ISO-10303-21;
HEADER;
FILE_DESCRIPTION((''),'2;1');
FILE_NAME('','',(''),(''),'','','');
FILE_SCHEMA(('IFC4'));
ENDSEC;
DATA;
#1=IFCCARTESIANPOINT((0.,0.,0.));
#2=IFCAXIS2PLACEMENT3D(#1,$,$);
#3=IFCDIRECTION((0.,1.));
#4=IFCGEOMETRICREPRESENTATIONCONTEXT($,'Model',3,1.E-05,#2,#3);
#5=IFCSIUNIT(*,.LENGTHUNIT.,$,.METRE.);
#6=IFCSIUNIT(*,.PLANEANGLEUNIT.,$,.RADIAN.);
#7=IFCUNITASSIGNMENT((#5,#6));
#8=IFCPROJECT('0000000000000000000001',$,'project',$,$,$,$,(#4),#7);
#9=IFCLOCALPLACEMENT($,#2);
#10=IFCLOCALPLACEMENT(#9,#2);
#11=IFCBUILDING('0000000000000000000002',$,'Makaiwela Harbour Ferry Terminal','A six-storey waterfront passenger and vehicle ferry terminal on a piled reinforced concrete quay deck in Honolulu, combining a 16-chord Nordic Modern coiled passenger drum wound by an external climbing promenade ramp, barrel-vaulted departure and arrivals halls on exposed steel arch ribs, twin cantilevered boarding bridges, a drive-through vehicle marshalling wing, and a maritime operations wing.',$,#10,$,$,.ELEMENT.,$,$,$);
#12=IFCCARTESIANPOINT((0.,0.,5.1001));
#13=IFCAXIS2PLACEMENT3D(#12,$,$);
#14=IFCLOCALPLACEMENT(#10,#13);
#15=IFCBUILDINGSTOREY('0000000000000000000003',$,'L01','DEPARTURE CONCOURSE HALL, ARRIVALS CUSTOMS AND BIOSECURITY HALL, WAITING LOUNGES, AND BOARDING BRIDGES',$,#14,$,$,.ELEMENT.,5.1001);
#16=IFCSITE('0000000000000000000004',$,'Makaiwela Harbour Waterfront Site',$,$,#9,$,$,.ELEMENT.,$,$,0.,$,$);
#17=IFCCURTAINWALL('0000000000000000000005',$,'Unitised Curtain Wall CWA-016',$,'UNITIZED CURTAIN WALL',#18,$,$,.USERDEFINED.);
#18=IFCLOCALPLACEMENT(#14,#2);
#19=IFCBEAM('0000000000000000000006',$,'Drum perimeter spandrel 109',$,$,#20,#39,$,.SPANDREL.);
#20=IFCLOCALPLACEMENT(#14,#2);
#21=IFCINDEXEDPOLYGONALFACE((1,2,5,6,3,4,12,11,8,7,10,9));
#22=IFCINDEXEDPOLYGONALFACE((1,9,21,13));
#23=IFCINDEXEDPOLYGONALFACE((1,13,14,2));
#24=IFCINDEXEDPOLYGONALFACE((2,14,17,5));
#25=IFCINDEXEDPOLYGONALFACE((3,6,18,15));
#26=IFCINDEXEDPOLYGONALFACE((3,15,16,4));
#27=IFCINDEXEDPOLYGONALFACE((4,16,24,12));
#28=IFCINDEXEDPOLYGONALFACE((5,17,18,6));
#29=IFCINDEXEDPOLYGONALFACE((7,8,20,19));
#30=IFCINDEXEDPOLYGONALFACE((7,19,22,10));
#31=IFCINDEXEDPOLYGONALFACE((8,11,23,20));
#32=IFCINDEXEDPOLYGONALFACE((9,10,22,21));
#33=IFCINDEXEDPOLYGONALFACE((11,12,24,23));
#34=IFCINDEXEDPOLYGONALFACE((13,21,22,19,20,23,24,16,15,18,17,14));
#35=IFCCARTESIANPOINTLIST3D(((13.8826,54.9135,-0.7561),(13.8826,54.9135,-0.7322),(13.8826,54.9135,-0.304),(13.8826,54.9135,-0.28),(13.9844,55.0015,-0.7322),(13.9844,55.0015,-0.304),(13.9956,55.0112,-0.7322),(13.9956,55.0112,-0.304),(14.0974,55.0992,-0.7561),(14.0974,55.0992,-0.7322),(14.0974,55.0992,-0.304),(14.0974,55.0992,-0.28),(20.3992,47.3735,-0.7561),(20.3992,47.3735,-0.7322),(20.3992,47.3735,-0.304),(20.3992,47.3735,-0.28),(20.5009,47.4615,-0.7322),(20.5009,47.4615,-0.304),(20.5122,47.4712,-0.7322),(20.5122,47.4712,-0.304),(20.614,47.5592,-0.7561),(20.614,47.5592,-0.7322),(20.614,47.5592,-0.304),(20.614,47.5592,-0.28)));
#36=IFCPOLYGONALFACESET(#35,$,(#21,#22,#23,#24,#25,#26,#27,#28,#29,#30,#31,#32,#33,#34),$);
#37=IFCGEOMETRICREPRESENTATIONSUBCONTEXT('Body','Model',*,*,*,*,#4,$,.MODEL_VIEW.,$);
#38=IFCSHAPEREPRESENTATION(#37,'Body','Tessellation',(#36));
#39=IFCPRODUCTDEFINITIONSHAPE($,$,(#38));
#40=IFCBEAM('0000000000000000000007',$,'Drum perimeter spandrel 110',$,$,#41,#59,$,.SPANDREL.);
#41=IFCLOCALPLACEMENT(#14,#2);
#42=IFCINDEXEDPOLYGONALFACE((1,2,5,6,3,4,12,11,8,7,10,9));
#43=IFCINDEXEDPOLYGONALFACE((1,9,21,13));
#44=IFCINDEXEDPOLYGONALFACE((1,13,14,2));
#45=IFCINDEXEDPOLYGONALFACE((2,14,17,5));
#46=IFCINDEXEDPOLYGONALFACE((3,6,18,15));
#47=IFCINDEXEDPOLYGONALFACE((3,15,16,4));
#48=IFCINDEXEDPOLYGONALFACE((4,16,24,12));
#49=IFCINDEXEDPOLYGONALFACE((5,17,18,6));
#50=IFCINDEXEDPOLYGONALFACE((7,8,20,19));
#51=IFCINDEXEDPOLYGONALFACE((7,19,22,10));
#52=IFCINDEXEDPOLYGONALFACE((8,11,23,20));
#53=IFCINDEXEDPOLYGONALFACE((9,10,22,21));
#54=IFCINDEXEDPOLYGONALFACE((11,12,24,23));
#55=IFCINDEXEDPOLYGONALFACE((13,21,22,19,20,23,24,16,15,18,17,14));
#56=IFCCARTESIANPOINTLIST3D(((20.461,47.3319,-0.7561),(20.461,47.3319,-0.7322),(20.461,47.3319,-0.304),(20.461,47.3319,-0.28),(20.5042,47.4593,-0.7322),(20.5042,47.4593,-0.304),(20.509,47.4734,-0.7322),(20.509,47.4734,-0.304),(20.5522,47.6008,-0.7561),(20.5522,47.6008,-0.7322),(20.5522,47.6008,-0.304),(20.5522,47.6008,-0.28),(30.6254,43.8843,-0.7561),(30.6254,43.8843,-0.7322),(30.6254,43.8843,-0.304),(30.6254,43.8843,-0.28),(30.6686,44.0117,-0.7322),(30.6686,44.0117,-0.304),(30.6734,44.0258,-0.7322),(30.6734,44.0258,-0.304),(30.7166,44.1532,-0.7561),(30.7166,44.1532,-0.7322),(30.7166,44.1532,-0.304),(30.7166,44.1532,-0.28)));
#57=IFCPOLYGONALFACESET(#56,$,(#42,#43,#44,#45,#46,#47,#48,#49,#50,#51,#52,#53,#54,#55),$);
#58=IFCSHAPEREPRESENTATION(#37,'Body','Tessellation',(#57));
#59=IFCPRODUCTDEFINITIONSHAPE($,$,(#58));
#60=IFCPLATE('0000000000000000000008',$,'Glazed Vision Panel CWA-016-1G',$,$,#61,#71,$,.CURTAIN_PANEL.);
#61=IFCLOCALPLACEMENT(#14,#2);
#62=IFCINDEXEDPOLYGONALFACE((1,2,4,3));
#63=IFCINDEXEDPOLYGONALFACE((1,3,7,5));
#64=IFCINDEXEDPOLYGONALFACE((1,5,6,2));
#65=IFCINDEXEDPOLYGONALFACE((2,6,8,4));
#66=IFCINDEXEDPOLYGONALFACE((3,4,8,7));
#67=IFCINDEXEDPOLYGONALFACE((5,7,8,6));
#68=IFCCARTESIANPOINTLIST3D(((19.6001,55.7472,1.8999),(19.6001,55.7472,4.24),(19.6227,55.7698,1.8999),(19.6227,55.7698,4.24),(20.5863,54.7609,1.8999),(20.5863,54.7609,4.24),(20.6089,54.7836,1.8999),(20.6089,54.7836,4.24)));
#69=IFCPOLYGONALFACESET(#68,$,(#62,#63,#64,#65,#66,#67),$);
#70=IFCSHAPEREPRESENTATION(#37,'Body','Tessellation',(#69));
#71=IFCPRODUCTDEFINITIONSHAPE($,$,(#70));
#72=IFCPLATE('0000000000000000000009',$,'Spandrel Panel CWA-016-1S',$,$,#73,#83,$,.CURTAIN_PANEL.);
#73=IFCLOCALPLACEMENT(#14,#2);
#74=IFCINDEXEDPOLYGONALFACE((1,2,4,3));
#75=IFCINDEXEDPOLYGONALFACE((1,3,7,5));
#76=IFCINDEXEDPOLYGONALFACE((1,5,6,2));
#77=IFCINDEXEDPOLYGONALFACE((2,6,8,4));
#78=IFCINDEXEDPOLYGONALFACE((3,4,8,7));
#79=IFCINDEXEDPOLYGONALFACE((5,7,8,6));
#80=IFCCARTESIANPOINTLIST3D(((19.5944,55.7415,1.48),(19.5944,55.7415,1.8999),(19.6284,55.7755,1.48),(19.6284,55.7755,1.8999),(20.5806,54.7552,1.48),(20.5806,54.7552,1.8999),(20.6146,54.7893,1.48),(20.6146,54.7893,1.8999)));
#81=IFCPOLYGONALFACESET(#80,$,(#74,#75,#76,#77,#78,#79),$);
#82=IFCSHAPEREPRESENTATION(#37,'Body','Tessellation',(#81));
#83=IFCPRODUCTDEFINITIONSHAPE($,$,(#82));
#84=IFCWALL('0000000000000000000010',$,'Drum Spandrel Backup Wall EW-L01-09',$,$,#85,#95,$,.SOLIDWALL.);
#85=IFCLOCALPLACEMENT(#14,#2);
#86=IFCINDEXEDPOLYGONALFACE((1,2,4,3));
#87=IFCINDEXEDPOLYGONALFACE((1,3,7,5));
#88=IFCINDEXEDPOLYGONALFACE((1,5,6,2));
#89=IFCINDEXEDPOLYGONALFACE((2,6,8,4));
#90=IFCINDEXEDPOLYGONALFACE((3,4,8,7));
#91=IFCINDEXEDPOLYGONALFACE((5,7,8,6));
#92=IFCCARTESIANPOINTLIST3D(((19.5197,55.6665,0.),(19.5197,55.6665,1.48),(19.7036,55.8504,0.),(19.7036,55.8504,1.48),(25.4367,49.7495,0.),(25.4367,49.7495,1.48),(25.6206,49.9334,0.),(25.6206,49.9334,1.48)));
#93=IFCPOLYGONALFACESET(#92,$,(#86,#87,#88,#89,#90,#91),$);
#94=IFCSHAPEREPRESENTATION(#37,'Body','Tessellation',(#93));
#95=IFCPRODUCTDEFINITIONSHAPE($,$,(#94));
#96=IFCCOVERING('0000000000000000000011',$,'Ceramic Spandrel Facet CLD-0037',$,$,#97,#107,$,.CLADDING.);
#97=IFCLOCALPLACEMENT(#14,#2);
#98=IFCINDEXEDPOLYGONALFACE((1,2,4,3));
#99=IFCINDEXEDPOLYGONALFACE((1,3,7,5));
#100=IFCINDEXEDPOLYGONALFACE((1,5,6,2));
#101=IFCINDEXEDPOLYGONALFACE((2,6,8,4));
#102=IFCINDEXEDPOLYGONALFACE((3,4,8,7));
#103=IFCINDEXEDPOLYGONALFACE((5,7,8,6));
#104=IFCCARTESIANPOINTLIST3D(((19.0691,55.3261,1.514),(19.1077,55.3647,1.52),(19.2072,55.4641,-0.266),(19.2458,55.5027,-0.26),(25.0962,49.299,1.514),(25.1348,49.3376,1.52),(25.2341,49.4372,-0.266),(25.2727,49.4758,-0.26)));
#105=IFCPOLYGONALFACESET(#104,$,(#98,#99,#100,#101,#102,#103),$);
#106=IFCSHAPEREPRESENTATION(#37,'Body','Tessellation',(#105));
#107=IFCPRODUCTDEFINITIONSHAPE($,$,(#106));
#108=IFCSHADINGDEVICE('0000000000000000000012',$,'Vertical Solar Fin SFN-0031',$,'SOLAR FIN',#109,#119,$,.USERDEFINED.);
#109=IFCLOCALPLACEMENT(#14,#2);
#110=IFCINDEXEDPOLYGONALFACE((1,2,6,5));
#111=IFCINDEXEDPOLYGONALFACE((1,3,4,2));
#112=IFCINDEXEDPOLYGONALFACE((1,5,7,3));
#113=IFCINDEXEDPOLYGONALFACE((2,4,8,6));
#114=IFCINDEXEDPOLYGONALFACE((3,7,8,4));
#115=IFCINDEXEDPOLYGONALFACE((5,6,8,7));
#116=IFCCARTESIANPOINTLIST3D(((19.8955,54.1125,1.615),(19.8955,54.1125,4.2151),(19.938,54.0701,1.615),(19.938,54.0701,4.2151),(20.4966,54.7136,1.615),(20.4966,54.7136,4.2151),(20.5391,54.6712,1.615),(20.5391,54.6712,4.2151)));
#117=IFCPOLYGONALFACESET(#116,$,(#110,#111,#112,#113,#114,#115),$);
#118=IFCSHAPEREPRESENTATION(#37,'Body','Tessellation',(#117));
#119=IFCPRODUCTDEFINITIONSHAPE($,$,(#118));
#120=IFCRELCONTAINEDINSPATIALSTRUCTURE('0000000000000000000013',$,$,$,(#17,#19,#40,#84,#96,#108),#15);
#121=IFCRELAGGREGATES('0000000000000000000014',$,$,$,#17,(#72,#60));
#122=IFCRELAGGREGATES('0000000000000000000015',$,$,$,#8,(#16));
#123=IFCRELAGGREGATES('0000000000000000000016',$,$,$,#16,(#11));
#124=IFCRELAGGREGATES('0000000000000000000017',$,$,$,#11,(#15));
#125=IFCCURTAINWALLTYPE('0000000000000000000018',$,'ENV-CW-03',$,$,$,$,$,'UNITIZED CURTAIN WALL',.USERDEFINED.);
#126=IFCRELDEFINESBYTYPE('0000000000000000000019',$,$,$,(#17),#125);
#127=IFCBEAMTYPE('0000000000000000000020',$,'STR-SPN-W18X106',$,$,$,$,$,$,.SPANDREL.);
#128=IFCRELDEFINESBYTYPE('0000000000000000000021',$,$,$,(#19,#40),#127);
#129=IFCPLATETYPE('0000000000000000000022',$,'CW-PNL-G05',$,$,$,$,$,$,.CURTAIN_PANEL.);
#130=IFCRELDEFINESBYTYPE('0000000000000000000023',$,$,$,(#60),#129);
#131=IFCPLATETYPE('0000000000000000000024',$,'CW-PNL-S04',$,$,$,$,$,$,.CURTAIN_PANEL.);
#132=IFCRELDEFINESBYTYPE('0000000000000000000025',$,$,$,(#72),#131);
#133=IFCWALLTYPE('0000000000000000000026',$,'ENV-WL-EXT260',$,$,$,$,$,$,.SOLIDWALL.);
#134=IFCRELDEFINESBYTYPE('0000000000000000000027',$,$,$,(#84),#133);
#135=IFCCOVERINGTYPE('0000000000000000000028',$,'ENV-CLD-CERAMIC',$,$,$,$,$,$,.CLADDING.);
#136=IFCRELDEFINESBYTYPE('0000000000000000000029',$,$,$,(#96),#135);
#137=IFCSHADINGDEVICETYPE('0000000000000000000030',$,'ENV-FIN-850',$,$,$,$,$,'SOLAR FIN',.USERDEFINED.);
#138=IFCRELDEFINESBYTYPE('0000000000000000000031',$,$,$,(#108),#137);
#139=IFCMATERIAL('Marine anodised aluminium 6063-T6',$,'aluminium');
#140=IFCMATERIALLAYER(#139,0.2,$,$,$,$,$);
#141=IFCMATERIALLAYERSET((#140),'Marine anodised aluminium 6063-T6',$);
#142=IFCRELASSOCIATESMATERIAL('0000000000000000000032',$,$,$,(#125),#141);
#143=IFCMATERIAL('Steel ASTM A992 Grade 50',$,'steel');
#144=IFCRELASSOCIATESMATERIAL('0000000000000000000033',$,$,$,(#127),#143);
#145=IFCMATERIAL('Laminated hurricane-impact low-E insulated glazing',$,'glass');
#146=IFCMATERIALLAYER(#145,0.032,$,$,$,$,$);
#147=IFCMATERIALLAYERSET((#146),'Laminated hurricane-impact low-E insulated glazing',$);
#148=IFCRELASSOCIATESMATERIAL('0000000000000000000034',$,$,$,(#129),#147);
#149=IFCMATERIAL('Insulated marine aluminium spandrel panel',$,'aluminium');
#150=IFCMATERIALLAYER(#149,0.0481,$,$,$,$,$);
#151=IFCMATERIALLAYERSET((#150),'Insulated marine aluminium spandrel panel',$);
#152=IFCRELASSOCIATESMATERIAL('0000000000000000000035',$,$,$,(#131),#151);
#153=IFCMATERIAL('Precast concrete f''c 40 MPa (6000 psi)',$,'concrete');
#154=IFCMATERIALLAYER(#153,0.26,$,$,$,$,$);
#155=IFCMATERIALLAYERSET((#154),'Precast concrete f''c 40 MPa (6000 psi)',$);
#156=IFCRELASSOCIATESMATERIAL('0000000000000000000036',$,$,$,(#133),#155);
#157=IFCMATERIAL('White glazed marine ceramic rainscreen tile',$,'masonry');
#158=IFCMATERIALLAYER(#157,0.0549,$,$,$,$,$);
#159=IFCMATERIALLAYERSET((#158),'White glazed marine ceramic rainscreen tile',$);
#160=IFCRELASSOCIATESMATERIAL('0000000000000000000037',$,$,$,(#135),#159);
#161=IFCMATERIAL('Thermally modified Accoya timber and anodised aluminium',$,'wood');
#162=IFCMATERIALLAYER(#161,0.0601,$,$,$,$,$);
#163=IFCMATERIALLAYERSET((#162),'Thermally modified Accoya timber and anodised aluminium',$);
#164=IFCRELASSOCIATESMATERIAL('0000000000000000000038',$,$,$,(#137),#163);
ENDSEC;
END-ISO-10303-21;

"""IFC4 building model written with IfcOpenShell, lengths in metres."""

from ifc_helpers import new_model, si_unit, direction, frame, frame_2d, origin, origin_2d, place, context, subcontext, project, spatial, polyline, rectangle, i_section, outline, extrude, material, layer, layer_set, material_profile, profile_set, type_object, element, aggregate, save


model = new_model("IFC4")

# Units and contexts
model_context = context("Model", 3, precision=1e-05, world=origin(), true_north=direction((0.0, 1.0)))
body_context = subcontext(model_context, "Body", "Model", "MODEL_VIEW")
ifc_project = project(units=[si_unit("LENGTHUNIT", "METRE"), si_unit("PLANEANGLEUNIT", "RADIAN")], contexts=[model_context])

# Site, building, storey
site_placement = place(None, origin())
site = spatial("IfcSite", under=ifc_project, at=site_placement, Name="Makaiwela Harbour Waterfront Site", CompositionType="ELEMENT", RefElevation=0.0)
building_placement = place(site_placement, origin())
building = spatial("IfcBuilding", under=site, at=building_placement, Name="Makaiwela Harbour Ferry Terminal", Description="A six-storey waterfront passenger and vehicle ferry terminal on a piled reinforced concrete quay deck in Honolulu, combining a 16-chord Nordic Modern coiled passenger drum wound by an external climbing promenade ramp, barrel-vaulted departure and arrivals halls on exposed steel arch ribs, twin cantilevered boarding bridges, a drive-through vehicle marshalling wing, and a maritime operations wing.", CompositionType="ELEMENT")
storey_placement = place(building_placement, frame((0.0, 0.0, 5.1001)))
storey = spatial("IfcBuildingStorey", under=building, at=storey_placement, Name="L01", Description="DEPARTURE CONCOURSE HALL, ARRIVALS CUSTOMS AND BIOSECURITY HALL, WAITING LOUNGES, AND BOARDING BRIDGES", CompositionType="ELEMENT", Elevation=5.1001)

# Curtain wall
ifc_material_1 = material(Name="Marine anodised aluminium 6063-T6", Category="aluminium")
ifc_layer_1 = layer(ifc_material_1, 0.2)
ifc_layer_set_1 = layer_set([ifc_layer_1], Name="Marine anodised aluminium 6063-T6")
curtain_wall_type = type_object("IfcCurtainWallType", Name="ENV-CW-03", ElementType="UNITIZED CURTAIN WALL", PredefinedType="USERDEFINED", material=ifc_layer_set_1)
curtain_wall_placement = place(storey_placement, origin())
curtain_wall = element("IfcCurtainWall", 1, at=curtain_wall_placement, inside=storey, type_object=curtain_wall_type, Name="Unitised Curtain Wall CWA-016", ObjectType="UNITIZED CURTAIN WALL", PredefinedType="USERDEFINED")

# Beams
ifc_material_2 = material(Name="Steel ASTM A992 Grade 50", Category="steel")
ifc_material_profile_1 = material_profile(ifc_material_2, i_section(OverallWidth=0.2839, OverallDepth=0.4761, WebThickness=0.0149, FlangeThickness=0.0239, at=origin_2d()), Name="W18X106")
ifc_profile_set_1 = profile_set([ifc_material_profile_1], Name="Steel ASTM A992 Grade 50")
beam_type_1 = type_object("IfcBeamType", Name="STR-SPN-W18X106", PredefinedType="SPANDREL", material=ifc_profile_set_1)
beam_1_placement = place(storey_placement, frame((13.99, 55.0063, -0.5181), z_axis=(0.653893, -0.756587, 0.0), x_axis=(0.756587, 0.653893, 0.0)))
element("IfcBeam", 2, at=beam_1_placement, inside=storey, type_object=beam_type_1, Name="Drum perimeter spandrel 109", PredefinedType="SPANDREL", context=body_context, shape_type="SweptSolid", body=[
    extrude(i_section(OverallWidth=0.2839, OverallDepth=0.4761, WebThickness=0.0149, FlangeThickness=0.0239, at=origin_2d()), origin(), (0.0, 0.0, 1.0), 9.9658),
])
beam_2_placement = place(storey_placement, frame((20.5066, 47.4663, -0.5181), z_axis=(0.94701, -0.321205, 0.0), x_axis=(0.321205, 0.94701, 0.0)))
element("IfcBeam", 3, at=beam_2_placement, inside=storey, type_object=beam_type_1, Name="Drum perimeter spandrel 110", PredefinedType="SPANDREL", context=body_context, shape_type="SweptSolid", body=[
    extrude(i_section(OverallWidth=0.2839, OverallDepth=0.4761, WebThickness=0.0149, FlangeThickness=0.0239, at=origin_2d()), origin(), (0.0, 0.0, 1.0), 10.7332),
])

# Plates
ifc_material_3 = material(Name="Laminated hurricane-impact low-E insulated glazing", Category="glass")
ifc_layer_2 = layer(ifc_material_3, 0.032)
ifc_layer_set_2 = layer_set([ifc_layer_2], Name="Laminated hurricane-impact low-E insulated glazing")
plate_type_1 = type_object("IfcPlateType", Name="CW-PNL-G05", PredefinedType="CURTAIN_PANEL", material=ifc_layer_set_2)
plate_1_placement = place(storey_placement, frame((20.1045, 55.2654, 1.8999), z_axis=(0.0, 0.0, 1.0), x_axis=(0.707107, -0.707107, 0.0)))
plate_1 = element("IfcPlate", 4, at=plate_1_placement, type_object=plate_type_1, Name="Glazed Vision Panel CWA-016-1G", PredefinedType="CURTAIN_PANEL", context=body_context, shape_type="SweptSolid", body=[
    extrude(rectangle(XDim=1.3948, YDim=0.032, at=origin_2d()), origin(), (0.0, 0.0, 1.0), 2.3401),
])
ifc_material_4 = material(Name="Insulated marine aluminium spandrel panel", Category="aluminium")
ifc_layer_3 = layer(ifc_material_4, 0.0481)
ifc_layer_set_3 = layer_set([ifc_layer_3], Name="Insulated marine aluminium spandrel panel")
plate_type_2 = type_object("IfcPlateType", Name="CW-PNL-S04", PredefinedType="CURTAIN_PANEL", material=ifc_layer_set_3)
plate_2_placement = place(storey_placement, frame((20.1045, 55.2654, 1.48), z_axis=(0.0, 0.0, 1.0), x_axis=(0.707107, -0.707107, 0.0)))
plate_2 = element("IfcPlate", 5, at=plate_2_placement, type_object=plate_type_2, Name="Spandrel Panel CWA-016-1S", PredefinedType="CURTAIN_PANEL", context=body_context, shape_type="SweptSolid", body=[
    extrude(rectangle(XDim=1.3948, YDim=0.0481, at=origin_2d()), origin(), (0.0, 0.0, 1.0), 0.4199),
])
aggregate(curtain_wall, [plate_2, plate_1])

# Wall
ifc_material_5 = material(Name="Precast concrete f'c 40 MPa (6000 psi)", Category="concrete")
ifc_layer_4 = layer(ifc_material_5, 0.26)
ifc_layer_set_4 = layer_set([ifc_layer_4], Name="Precast concrete f'c 40 MPa (6000 psi)")
wall_type = type_object("IfcWallType", Name="ENV-WL-EXT260", PredefinedType="SOLIDWALL", material=ifc_layer_set_4)
wall_placement = place(storey_placement, frame((19.6116, 55.7585, 0.0), z_axis=(0.0, 0.0, 1.0), x_axis=(0.707107, -0.707107, 0.0)))
element("IfcWall", 6, at=wall_placement, inside=storey, type_object=wall_type, Name="Drum Spandrel Backup Wall EW-L01-09", PredefinedType="SOLIDWALL", context=body_context, shape_type="SweptSolid", body=[
    extrude(rectangle(XDim=8.3679, YDim=0.26, at=frame_2d((4.1841, 0.0))), origin(), (0.0, 0.0, 1.0), 1.48),
])

# Covering
ifc_material_6 = material(Name="White glazed marine ceramic rainscreen tile", Category="masonry")
ifc_layer_5 = layer(ifc_material_6, 0.0549)
ifc_layer_set_5 = layer_set([ifc_layer_5], Name="White glazed marine ceramic rainscreen tile")
covering_type = type_object("IfcCoveringType", Name="ENV-CLD-CERAMIC", PredefinedType="CLADDING", material=ifc_layer_set_5)
covering_placement = place(storey_placement, frame((19.2458, 55.5027, -0.26), z_axis=(0.702891, 0.702891, 0.109034), x_axis=(0.707107, -0.707107, 0.0)))
element("IfcCovering", 7, at=covering_placement, inside=storey, type_object=covering_type, Name="Ceramic Spandrel Facet CLD-0037", PredefinedType="CLADDING", context=body_context, shape_type="SweptSolid", body=[
    extrude(outline(polyline([(0.0, 0.0), (8.5233, 0.0), (8.5234, -1.7907), (-0.0002, -1.7907), (0.0, 0.0)])), origin(), (0.0, 0.0, -1.0), 0.0549),
])

# Shading device
ifc_material_7 = material(Name="Thermally modified Accoya timber and anodised aluminium", Category="wood")
ifc_layer_6 = layer(ifc_material_7, 0.0601)
ifc_layer_set_6 = layer_set([ifc_layer_6], Name="Thermally modified Accoya timber and anodised aluminium")
shading_device_type = type_object("IfcShadingDeviceType", Name="ENV-FIN-850", ElementType="SOLAR FIN", PredefinedType="USERDEFINED", material=ifc_layer_set_6)
shading_device_placement = place(storey_placement, frame((20.2173, 54.3918, 1.615), z_axis=(0.0, 0.0, 1.0), x_axis=(-0.707107, -0.707107, 0.0)))
element("IfcShadingDevice", 8, at=shading_device_placement, inside=storey, type_object=shading_device_type, Name="Vertical Solar Fin SFN-0031", ObjectType="SOLAR FIN", PredefinedType="USERDEFINED", context=body_context, shape_type="SweptSolid", body=[
    extrude(rectangle(XDim=0.8501, YDim=0.0601, at=origin_2d()), origin(), (0.0, 0.0, 1.0), 2.6001),
])

save(model, "model.ifc")
